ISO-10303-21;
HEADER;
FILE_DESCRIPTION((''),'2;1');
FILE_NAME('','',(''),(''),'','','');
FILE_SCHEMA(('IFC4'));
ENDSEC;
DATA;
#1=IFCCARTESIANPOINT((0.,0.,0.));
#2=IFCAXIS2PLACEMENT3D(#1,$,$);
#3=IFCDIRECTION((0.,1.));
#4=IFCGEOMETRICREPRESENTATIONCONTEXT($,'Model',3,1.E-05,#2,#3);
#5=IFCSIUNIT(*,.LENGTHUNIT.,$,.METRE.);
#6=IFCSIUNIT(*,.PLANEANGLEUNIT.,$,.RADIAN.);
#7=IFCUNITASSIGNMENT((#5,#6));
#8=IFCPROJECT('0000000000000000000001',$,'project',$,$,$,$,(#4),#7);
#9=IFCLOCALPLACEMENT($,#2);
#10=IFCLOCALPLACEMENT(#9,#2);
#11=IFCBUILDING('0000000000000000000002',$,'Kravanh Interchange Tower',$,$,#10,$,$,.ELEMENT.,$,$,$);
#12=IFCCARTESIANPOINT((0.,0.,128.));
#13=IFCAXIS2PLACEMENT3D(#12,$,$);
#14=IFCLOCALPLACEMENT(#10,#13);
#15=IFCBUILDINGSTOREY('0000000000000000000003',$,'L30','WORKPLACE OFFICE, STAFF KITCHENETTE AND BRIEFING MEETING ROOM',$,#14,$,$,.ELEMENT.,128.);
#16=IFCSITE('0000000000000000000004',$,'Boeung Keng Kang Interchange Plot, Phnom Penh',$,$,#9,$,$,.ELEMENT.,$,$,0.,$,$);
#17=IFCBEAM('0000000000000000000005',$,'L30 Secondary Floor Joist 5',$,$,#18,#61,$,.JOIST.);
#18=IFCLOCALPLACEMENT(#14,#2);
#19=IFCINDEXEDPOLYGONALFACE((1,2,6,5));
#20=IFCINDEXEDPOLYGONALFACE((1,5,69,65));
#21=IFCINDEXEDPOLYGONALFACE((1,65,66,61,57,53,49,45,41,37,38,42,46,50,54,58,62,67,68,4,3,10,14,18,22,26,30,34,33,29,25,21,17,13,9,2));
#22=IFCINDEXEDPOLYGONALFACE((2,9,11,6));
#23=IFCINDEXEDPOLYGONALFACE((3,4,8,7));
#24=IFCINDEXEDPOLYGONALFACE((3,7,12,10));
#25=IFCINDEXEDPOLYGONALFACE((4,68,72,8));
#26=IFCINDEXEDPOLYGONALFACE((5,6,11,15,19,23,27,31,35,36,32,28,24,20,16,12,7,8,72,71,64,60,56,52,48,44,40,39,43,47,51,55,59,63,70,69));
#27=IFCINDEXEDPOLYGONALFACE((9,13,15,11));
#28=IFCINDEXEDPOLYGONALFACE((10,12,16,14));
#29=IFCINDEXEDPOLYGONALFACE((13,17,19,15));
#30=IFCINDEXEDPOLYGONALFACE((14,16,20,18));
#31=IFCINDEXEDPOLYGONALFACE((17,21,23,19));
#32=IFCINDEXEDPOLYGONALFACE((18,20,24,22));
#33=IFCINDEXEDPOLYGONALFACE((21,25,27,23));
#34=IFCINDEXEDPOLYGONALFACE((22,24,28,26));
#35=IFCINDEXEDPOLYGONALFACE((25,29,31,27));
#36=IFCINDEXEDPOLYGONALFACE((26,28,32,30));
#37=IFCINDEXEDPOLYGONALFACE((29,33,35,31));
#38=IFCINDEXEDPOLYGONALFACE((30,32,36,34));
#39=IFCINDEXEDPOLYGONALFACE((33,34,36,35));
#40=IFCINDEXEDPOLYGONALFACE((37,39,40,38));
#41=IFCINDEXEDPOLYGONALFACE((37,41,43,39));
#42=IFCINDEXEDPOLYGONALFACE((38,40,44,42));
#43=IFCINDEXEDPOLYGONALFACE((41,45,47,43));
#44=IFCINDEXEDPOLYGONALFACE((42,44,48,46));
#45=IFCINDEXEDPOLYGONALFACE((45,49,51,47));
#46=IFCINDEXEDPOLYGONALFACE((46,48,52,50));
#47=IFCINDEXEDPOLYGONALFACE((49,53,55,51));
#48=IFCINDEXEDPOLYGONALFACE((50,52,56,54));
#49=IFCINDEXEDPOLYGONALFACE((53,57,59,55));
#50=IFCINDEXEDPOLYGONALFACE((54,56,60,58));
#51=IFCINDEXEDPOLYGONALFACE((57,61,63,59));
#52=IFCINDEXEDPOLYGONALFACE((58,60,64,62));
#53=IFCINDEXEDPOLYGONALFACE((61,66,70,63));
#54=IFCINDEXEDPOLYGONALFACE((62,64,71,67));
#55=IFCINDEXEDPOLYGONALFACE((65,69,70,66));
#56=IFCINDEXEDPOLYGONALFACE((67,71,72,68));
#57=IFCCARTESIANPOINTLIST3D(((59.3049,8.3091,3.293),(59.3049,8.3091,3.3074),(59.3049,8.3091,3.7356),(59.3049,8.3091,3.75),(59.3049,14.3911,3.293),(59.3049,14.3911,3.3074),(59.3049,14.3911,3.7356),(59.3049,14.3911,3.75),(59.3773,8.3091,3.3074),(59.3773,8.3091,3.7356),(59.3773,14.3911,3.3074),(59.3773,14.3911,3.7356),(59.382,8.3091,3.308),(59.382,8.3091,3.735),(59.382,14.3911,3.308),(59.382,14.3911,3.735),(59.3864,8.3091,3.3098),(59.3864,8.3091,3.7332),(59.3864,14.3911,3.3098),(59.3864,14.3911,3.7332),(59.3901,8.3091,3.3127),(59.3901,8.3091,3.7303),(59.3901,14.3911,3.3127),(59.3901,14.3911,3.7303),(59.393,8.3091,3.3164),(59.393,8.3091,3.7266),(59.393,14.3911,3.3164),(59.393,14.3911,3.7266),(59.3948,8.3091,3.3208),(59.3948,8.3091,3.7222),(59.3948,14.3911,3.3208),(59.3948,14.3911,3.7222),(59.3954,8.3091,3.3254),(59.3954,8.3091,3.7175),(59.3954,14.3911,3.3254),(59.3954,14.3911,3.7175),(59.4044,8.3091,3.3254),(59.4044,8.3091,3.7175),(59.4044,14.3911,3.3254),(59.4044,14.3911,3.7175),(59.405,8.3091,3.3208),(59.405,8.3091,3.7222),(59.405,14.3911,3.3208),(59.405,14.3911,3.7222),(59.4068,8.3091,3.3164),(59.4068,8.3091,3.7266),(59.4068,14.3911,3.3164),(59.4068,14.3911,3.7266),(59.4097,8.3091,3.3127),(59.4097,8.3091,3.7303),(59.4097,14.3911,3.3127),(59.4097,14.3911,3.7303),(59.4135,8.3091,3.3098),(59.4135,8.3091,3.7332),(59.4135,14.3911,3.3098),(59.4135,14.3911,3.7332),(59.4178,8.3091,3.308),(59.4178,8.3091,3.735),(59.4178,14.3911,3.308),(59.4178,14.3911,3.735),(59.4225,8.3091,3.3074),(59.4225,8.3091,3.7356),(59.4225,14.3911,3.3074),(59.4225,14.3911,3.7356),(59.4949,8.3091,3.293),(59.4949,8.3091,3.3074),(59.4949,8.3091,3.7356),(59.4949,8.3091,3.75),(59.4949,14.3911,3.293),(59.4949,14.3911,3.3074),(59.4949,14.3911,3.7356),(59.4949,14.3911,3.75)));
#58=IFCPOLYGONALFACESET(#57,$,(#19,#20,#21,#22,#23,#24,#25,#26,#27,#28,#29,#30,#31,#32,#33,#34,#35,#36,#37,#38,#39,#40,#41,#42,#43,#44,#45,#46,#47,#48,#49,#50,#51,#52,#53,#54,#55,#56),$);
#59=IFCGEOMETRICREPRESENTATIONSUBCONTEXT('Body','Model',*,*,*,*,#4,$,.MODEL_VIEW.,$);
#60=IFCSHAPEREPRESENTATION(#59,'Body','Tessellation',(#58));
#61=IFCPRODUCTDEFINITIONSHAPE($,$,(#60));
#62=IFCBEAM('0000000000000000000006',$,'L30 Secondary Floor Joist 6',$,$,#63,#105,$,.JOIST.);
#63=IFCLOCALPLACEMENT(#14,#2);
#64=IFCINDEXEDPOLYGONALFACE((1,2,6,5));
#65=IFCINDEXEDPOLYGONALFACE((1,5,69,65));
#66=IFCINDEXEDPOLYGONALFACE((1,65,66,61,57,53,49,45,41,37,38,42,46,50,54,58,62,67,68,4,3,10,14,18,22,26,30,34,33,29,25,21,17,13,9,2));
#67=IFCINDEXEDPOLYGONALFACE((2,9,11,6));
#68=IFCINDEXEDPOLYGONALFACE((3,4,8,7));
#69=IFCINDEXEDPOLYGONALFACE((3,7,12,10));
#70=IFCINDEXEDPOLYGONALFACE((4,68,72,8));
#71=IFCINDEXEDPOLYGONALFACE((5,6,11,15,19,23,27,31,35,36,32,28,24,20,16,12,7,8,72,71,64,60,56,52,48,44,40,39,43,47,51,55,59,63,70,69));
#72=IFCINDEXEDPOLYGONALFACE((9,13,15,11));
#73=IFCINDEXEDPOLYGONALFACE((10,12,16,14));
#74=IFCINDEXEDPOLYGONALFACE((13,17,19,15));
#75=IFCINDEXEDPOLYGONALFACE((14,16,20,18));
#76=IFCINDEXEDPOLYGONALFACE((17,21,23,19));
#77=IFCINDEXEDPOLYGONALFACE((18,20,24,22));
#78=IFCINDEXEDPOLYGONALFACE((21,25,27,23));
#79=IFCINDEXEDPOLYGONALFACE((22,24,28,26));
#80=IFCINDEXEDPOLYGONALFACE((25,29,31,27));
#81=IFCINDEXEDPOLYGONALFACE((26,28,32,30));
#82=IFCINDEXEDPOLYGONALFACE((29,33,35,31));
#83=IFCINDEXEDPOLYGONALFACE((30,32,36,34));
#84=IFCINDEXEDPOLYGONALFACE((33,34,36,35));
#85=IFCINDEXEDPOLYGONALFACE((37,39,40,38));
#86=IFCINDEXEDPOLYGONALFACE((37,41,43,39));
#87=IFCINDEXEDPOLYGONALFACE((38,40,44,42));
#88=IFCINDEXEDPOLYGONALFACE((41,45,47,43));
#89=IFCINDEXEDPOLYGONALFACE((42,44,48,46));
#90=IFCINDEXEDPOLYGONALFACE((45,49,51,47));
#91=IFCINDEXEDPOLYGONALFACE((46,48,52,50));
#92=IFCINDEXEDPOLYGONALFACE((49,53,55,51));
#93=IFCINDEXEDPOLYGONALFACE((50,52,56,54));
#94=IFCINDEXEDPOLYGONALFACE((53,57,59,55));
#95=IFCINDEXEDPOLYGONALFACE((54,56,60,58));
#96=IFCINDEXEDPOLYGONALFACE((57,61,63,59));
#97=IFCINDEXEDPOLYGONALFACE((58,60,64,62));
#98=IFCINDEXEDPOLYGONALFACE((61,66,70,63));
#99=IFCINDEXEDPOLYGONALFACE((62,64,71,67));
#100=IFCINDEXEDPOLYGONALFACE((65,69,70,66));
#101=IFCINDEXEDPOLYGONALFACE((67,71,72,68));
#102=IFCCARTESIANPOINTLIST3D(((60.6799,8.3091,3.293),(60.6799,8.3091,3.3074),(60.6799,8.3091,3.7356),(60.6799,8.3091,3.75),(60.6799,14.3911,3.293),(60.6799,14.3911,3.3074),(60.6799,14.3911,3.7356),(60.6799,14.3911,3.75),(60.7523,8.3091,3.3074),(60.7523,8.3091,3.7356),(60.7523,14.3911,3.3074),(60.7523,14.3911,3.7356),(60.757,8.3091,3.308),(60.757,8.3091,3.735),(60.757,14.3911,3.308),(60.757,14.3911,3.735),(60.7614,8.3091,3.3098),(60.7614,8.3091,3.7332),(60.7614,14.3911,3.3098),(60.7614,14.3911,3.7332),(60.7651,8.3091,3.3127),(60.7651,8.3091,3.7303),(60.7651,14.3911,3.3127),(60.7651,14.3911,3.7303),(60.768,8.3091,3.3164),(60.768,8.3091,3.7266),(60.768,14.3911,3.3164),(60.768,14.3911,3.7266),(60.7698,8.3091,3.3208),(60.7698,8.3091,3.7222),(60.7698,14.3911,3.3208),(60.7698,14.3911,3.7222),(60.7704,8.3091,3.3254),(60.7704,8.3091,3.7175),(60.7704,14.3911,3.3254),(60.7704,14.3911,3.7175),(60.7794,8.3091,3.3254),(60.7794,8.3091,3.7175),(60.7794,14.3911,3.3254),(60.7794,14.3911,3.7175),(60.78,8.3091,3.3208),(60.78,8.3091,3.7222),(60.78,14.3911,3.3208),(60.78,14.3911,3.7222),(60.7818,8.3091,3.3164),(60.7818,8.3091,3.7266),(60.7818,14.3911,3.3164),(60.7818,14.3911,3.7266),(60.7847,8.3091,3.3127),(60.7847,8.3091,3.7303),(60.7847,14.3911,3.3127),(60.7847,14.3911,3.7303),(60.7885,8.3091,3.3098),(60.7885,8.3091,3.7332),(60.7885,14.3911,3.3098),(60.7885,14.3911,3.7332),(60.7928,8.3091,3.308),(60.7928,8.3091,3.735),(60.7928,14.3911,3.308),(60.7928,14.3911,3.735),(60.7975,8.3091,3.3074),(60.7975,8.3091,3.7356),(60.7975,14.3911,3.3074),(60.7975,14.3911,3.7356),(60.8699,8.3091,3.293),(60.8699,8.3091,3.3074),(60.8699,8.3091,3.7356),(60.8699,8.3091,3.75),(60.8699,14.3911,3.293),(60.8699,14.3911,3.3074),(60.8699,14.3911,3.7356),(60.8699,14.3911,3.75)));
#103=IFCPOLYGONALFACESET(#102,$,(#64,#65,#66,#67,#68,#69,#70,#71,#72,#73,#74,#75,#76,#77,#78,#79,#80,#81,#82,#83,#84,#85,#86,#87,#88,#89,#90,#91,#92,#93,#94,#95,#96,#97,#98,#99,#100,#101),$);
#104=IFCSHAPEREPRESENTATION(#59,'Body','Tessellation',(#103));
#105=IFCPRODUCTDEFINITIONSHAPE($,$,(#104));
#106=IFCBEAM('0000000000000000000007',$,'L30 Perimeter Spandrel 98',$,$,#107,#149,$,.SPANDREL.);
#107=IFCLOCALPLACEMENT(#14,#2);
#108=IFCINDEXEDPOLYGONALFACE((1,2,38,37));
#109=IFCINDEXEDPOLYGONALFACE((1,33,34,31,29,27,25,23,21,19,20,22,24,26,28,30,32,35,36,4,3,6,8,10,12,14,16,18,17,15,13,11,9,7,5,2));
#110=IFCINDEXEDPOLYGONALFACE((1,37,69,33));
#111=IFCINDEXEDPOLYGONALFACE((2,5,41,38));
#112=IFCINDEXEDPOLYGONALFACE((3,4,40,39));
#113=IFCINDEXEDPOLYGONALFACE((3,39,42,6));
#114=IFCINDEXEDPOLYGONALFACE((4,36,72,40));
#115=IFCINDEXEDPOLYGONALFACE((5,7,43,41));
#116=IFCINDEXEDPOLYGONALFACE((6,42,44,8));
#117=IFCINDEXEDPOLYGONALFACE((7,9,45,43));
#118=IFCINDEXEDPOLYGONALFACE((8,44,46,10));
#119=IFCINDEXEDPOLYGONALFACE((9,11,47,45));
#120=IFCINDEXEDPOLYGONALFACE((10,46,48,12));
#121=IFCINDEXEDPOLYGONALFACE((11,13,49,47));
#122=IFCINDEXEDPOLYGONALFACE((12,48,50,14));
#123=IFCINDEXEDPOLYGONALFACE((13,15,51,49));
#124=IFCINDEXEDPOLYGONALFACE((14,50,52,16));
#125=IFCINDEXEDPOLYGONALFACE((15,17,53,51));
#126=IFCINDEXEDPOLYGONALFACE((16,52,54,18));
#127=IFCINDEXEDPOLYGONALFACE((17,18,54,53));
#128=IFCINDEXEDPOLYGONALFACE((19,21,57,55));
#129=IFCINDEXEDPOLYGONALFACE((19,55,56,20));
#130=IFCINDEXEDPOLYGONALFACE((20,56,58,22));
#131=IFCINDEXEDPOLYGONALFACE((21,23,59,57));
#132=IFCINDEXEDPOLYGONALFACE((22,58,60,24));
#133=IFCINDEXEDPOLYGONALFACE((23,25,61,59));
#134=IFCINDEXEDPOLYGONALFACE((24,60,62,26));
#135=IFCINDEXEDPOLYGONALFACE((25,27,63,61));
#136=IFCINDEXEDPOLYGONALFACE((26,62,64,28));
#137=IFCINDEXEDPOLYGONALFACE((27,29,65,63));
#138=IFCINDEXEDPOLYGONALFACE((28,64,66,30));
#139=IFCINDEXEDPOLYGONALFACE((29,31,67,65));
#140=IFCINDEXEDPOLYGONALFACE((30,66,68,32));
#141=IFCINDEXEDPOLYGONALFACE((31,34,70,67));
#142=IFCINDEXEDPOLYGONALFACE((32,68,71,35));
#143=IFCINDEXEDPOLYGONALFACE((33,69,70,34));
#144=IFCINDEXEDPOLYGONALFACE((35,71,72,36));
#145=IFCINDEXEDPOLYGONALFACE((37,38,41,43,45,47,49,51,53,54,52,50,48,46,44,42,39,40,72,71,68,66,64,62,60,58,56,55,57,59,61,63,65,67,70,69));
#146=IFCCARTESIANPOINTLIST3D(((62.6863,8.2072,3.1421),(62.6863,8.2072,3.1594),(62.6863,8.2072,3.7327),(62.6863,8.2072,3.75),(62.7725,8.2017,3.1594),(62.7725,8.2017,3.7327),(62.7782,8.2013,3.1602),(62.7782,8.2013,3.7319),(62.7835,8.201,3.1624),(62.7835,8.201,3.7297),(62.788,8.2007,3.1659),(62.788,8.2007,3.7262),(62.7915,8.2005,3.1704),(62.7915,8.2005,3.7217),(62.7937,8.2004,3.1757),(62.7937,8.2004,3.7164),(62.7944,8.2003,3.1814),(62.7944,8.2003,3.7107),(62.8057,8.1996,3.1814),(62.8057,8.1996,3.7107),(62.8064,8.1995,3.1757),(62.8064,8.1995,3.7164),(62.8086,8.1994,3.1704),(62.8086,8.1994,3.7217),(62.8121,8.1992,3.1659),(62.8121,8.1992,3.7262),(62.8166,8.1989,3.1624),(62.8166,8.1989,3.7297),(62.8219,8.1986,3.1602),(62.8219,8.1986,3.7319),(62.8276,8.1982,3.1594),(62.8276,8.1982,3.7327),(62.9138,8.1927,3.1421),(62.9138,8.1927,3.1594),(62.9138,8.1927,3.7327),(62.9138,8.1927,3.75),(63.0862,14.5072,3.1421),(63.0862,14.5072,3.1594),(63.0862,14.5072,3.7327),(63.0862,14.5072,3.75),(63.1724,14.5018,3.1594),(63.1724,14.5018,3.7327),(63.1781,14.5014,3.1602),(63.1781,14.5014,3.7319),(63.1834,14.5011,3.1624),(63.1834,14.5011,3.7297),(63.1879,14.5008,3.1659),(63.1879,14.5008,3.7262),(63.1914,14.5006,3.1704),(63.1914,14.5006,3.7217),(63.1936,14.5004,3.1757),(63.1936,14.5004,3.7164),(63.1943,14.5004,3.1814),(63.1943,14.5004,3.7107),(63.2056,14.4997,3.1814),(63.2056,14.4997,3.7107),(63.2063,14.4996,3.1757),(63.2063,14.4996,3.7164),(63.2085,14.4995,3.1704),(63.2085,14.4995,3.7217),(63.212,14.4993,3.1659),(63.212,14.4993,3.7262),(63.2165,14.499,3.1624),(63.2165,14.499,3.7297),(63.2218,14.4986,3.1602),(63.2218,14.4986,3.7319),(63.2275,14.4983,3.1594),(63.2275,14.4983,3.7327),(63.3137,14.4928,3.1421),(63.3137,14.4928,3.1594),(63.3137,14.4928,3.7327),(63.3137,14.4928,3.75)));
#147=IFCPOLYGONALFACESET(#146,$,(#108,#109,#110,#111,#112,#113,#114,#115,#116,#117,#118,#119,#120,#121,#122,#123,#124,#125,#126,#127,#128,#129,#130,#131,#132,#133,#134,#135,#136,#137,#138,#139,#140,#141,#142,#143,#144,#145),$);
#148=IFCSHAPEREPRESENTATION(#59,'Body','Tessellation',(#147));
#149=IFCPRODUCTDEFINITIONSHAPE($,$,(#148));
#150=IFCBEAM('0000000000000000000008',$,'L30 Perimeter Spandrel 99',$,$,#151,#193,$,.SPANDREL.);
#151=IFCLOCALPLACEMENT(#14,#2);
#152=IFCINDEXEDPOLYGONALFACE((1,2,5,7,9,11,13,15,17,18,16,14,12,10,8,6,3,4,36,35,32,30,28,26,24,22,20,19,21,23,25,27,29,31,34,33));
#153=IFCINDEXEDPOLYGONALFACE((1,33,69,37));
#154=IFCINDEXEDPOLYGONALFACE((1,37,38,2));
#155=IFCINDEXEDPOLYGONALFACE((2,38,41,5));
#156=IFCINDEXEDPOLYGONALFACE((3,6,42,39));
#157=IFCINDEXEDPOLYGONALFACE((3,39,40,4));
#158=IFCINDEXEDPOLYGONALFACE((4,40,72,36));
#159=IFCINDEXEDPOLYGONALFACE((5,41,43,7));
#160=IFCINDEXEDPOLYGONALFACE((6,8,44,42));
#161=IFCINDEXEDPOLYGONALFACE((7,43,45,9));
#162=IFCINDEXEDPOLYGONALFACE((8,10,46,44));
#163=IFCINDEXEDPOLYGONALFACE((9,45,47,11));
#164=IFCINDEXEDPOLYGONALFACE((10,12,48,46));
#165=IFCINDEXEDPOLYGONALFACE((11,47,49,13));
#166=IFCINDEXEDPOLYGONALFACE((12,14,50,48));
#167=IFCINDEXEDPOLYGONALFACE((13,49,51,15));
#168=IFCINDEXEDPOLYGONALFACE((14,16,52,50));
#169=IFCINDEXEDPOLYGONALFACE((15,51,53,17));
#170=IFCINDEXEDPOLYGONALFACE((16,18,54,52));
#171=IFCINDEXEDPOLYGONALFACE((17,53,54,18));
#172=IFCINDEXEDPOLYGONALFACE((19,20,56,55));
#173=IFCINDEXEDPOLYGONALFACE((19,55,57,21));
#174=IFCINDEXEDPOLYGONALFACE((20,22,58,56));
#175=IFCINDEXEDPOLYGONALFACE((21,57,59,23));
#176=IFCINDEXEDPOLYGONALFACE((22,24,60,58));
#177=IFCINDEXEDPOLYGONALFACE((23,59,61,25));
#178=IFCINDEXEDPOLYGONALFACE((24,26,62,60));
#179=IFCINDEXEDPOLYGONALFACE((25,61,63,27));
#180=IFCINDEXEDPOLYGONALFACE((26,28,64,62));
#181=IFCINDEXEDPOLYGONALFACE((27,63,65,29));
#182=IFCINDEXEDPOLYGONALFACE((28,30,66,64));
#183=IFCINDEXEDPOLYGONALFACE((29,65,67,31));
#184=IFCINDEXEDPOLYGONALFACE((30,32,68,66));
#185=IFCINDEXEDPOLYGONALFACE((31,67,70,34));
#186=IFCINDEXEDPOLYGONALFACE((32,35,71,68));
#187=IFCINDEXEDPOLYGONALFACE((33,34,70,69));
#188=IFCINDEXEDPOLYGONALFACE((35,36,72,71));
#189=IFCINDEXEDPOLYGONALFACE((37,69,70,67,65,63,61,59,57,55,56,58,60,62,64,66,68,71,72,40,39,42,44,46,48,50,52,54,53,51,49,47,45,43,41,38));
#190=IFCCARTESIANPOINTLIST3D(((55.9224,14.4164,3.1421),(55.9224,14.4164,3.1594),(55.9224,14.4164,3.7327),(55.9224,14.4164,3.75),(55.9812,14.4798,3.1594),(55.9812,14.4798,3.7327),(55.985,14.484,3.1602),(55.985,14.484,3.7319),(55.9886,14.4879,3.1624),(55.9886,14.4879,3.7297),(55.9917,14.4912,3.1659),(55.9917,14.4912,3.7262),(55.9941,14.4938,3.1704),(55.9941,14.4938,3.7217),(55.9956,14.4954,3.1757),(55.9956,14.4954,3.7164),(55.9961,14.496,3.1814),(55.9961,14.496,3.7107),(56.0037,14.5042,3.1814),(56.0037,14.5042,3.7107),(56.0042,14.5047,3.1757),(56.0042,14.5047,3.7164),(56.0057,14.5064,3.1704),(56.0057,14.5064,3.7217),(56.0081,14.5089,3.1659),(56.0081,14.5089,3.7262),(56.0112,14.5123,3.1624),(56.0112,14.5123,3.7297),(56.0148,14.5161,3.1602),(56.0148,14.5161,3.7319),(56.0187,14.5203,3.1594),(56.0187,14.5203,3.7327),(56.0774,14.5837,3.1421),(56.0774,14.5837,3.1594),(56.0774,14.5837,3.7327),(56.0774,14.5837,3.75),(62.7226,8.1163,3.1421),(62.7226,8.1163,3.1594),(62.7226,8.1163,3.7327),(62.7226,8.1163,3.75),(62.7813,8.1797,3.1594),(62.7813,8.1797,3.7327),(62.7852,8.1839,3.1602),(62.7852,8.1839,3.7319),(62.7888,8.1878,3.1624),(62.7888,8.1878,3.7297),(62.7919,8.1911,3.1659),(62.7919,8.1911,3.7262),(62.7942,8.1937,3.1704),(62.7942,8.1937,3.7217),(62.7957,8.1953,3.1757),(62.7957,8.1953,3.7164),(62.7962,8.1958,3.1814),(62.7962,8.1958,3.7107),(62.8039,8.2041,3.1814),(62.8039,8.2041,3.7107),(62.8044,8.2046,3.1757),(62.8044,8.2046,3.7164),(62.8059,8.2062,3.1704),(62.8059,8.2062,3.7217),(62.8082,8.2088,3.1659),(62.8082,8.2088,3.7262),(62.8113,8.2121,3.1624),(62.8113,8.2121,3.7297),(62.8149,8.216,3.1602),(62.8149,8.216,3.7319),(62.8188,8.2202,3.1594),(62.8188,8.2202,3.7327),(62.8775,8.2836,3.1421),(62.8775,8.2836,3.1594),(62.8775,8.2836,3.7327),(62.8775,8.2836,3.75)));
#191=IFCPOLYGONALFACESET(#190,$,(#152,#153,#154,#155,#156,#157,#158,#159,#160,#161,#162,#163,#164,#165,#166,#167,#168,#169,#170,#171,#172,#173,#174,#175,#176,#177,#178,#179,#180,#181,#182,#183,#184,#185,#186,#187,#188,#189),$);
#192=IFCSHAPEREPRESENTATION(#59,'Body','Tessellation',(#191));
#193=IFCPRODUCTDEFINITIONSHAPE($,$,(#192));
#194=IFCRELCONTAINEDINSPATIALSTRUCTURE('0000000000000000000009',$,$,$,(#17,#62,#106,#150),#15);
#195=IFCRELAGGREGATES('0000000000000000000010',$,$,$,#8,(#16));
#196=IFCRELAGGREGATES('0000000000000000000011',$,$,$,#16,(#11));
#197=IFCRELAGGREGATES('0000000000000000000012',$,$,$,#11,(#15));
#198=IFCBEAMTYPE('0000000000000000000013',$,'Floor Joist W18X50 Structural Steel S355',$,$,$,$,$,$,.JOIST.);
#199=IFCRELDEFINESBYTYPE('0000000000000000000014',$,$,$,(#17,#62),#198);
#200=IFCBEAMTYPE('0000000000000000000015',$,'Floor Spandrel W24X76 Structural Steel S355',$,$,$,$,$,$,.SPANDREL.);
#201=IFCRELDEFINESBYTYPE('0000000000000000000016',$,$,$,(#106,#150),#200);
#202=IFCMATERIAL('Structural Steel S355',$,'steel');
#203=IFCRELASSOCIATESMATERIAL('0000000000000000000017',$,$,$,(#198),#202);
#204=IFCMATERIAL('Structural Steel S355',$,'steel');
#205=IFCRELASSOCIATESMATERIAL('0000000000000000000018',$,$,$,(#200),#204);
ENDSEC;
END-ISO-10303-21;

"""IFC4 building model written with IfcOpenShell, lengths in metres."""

from ifc_helpers import new_model, si_unit, direction, frame, origin, origin_2d, place, context, subcontext, project, spatial, i_section, extrude, material, material_profile, profile_set, type_object, element, save


model = new_model("IFC4")

# Units and contexts
model_context = context("Model", 3, precision=1e-05, world=origin(), true_north=direction((0.0, 1.0)))
body_context = subcontext(model_context, "Body", "Model", "MODEL_VIEW")
ifc_project = project(units=[si_unit("LENGTHUNIT", "METRE"), si_unit("PLANEANGLEUNIT", "RADIAN")], contexts=[model_context])

# Site, building, storey
site_placement = place(None, origin())
site = spatial("IfcSite", under=ifc_project, at=site_placement, Name="Boeung Keng Kang Interchange Plot, Phnom Penh", CompositionType="ELEMENT", RefElevation=0.0)
building_placement = place(site_placement, origin())
building = spatial("IfcBuilding", under=site, at=building_placement, Name="Kravanh Interchange Tower", CompositionType="ELEMENT")
storey_placement = place(building_placement, frame((0.0, 0.0, 128.0)))
storey = spatial("IfcBuildingStorey", under=building, at=storey_placement, Name="L30", Description="WORKPLACE OFFICE, STAFF KITCHENETTE AND BRIEFING MEETING ROOM", CompositionType="ELEMENT", Elevation=128.0)

# Beams
ifc_material_1 = material(Name="Structural Steel S355", Category="steel")
ifc_material_profile_1 = material_profile(ifc_material_1, i_section(OverallWidth=0.1899, OverallDepth=0.457, WebThickness=0.009, FlangeThickness=0.0144, FilletRadius=0.0181, at=origin_2d()), Name="W18X50")
ifc_profile_set_1 = profile_set([ifc_material_profile_1], Name="Structural Steel S355")
beam_type_1 = type_object("IfcBeamType", Name="Floor Joist W18X50 Structural Steel S355", PredefinedType="JOIST", material=ifc_profile_set_1)
for number, where, z_axis, x_axis, name in (
    (1, (59.3999, 8.3091, 3.5215), (0.0, 1.0, 0.0), (-1.0, 0.0, 0.0), "L30 Secondary Floor Joist 5"),
    (2, (60.7749, 8.3091, 3.5215), (0.0, 1.0, 0.0), (-1.0, 0.0, 0.0), "L30 Secondary Floor Joist 6"),
):
    element("IfcBeam", number, at=place(storey_placement, frame(where, z_axis=z_axis, x_axis=x_axis)), inside=storey, type_object=beam_type_1, Name=name, PredefinedType="JOIST", context=body_context, shape_type="SweptSolid", body=[
        extrude(i_section(OverallWidth=0.1899, OverallDepth=0.457, WebThickness=0.009, FlangeThickness=0.0144, FilletRadius=0.0181, at=origin_2d()), origin(), (0.0, 0.0, 1.0), 6.082),
    ])
ifc_material_2 = material(Name="Structural Steel S355", Category="steel")
ifc_material_profile_2 = material_profile(ifc_material_2, i_section(OverallWidth=0.228, OverallDepth=0.6079, WebThickness=0.0112, FlangeThickness=0.0173, FilletRadius=0.022, at=origin_2d()), Name="W24X76")
ifc_profile_set_2 = profile_set([ifc_material_profile_2], Name="Structural Steel S355")
beam_type_2 = type_object("IfcBeamType", Name="Floor Spandrel W24X76 Structural Steel S355", PredefinedType="SPANDREL", material=ifc_profile_set_2)
beam_1_placement = place(storey_placement, frame((62.8, 8.2, 3.446), z_axis=(0.063349, 0.997991, 0.0), x_axis=(-0.997991, 0.063349, 0.0)))
element("IfcBeam", 3, at=beam_1_placement, inside=storey, type_object=beam_type_2, Name="L30 Perimeter Spandrel 98", PredefinedType="SPANDREL", context=body_context, shape_type="SweptSolid", body=[
    extrude(i_section(OverallWidth=0.228, OverallDepth=0.6079, WebThickness=0.0112, FlangeThickness=0.0173, FilletRadius=0.022, at=origin_2d()), origin(), (0.0, 0.0, 1.0), 6.3127),
])
beam_2_placement = place(storey_placement, frame((62.8, 8.2, 3.446), z_axis=(-0.733561, 0.679623, 0.0), x_axis=(-0.679623, -0.733561, 0.0)))
element("IfcBeam", 4, at=beam_2_placement, inside=storey, type_object=beam_type_2, Name="L30 Perimeter Spandrel 99", PredefinedType="SPANDREL", context=body_context, shape_type="SweptSolid", body=[
    extrude(i_section(OverallWidth=0.228, OverallDepth=0.6079, WebThickness=0.0112, FlangeThickness=0.0173, FilletRadius=0.022, at=origin_2d()), origin(), (0.0, 0.0, 1.0), 9.27),
])

save(model, "model.ifc")
